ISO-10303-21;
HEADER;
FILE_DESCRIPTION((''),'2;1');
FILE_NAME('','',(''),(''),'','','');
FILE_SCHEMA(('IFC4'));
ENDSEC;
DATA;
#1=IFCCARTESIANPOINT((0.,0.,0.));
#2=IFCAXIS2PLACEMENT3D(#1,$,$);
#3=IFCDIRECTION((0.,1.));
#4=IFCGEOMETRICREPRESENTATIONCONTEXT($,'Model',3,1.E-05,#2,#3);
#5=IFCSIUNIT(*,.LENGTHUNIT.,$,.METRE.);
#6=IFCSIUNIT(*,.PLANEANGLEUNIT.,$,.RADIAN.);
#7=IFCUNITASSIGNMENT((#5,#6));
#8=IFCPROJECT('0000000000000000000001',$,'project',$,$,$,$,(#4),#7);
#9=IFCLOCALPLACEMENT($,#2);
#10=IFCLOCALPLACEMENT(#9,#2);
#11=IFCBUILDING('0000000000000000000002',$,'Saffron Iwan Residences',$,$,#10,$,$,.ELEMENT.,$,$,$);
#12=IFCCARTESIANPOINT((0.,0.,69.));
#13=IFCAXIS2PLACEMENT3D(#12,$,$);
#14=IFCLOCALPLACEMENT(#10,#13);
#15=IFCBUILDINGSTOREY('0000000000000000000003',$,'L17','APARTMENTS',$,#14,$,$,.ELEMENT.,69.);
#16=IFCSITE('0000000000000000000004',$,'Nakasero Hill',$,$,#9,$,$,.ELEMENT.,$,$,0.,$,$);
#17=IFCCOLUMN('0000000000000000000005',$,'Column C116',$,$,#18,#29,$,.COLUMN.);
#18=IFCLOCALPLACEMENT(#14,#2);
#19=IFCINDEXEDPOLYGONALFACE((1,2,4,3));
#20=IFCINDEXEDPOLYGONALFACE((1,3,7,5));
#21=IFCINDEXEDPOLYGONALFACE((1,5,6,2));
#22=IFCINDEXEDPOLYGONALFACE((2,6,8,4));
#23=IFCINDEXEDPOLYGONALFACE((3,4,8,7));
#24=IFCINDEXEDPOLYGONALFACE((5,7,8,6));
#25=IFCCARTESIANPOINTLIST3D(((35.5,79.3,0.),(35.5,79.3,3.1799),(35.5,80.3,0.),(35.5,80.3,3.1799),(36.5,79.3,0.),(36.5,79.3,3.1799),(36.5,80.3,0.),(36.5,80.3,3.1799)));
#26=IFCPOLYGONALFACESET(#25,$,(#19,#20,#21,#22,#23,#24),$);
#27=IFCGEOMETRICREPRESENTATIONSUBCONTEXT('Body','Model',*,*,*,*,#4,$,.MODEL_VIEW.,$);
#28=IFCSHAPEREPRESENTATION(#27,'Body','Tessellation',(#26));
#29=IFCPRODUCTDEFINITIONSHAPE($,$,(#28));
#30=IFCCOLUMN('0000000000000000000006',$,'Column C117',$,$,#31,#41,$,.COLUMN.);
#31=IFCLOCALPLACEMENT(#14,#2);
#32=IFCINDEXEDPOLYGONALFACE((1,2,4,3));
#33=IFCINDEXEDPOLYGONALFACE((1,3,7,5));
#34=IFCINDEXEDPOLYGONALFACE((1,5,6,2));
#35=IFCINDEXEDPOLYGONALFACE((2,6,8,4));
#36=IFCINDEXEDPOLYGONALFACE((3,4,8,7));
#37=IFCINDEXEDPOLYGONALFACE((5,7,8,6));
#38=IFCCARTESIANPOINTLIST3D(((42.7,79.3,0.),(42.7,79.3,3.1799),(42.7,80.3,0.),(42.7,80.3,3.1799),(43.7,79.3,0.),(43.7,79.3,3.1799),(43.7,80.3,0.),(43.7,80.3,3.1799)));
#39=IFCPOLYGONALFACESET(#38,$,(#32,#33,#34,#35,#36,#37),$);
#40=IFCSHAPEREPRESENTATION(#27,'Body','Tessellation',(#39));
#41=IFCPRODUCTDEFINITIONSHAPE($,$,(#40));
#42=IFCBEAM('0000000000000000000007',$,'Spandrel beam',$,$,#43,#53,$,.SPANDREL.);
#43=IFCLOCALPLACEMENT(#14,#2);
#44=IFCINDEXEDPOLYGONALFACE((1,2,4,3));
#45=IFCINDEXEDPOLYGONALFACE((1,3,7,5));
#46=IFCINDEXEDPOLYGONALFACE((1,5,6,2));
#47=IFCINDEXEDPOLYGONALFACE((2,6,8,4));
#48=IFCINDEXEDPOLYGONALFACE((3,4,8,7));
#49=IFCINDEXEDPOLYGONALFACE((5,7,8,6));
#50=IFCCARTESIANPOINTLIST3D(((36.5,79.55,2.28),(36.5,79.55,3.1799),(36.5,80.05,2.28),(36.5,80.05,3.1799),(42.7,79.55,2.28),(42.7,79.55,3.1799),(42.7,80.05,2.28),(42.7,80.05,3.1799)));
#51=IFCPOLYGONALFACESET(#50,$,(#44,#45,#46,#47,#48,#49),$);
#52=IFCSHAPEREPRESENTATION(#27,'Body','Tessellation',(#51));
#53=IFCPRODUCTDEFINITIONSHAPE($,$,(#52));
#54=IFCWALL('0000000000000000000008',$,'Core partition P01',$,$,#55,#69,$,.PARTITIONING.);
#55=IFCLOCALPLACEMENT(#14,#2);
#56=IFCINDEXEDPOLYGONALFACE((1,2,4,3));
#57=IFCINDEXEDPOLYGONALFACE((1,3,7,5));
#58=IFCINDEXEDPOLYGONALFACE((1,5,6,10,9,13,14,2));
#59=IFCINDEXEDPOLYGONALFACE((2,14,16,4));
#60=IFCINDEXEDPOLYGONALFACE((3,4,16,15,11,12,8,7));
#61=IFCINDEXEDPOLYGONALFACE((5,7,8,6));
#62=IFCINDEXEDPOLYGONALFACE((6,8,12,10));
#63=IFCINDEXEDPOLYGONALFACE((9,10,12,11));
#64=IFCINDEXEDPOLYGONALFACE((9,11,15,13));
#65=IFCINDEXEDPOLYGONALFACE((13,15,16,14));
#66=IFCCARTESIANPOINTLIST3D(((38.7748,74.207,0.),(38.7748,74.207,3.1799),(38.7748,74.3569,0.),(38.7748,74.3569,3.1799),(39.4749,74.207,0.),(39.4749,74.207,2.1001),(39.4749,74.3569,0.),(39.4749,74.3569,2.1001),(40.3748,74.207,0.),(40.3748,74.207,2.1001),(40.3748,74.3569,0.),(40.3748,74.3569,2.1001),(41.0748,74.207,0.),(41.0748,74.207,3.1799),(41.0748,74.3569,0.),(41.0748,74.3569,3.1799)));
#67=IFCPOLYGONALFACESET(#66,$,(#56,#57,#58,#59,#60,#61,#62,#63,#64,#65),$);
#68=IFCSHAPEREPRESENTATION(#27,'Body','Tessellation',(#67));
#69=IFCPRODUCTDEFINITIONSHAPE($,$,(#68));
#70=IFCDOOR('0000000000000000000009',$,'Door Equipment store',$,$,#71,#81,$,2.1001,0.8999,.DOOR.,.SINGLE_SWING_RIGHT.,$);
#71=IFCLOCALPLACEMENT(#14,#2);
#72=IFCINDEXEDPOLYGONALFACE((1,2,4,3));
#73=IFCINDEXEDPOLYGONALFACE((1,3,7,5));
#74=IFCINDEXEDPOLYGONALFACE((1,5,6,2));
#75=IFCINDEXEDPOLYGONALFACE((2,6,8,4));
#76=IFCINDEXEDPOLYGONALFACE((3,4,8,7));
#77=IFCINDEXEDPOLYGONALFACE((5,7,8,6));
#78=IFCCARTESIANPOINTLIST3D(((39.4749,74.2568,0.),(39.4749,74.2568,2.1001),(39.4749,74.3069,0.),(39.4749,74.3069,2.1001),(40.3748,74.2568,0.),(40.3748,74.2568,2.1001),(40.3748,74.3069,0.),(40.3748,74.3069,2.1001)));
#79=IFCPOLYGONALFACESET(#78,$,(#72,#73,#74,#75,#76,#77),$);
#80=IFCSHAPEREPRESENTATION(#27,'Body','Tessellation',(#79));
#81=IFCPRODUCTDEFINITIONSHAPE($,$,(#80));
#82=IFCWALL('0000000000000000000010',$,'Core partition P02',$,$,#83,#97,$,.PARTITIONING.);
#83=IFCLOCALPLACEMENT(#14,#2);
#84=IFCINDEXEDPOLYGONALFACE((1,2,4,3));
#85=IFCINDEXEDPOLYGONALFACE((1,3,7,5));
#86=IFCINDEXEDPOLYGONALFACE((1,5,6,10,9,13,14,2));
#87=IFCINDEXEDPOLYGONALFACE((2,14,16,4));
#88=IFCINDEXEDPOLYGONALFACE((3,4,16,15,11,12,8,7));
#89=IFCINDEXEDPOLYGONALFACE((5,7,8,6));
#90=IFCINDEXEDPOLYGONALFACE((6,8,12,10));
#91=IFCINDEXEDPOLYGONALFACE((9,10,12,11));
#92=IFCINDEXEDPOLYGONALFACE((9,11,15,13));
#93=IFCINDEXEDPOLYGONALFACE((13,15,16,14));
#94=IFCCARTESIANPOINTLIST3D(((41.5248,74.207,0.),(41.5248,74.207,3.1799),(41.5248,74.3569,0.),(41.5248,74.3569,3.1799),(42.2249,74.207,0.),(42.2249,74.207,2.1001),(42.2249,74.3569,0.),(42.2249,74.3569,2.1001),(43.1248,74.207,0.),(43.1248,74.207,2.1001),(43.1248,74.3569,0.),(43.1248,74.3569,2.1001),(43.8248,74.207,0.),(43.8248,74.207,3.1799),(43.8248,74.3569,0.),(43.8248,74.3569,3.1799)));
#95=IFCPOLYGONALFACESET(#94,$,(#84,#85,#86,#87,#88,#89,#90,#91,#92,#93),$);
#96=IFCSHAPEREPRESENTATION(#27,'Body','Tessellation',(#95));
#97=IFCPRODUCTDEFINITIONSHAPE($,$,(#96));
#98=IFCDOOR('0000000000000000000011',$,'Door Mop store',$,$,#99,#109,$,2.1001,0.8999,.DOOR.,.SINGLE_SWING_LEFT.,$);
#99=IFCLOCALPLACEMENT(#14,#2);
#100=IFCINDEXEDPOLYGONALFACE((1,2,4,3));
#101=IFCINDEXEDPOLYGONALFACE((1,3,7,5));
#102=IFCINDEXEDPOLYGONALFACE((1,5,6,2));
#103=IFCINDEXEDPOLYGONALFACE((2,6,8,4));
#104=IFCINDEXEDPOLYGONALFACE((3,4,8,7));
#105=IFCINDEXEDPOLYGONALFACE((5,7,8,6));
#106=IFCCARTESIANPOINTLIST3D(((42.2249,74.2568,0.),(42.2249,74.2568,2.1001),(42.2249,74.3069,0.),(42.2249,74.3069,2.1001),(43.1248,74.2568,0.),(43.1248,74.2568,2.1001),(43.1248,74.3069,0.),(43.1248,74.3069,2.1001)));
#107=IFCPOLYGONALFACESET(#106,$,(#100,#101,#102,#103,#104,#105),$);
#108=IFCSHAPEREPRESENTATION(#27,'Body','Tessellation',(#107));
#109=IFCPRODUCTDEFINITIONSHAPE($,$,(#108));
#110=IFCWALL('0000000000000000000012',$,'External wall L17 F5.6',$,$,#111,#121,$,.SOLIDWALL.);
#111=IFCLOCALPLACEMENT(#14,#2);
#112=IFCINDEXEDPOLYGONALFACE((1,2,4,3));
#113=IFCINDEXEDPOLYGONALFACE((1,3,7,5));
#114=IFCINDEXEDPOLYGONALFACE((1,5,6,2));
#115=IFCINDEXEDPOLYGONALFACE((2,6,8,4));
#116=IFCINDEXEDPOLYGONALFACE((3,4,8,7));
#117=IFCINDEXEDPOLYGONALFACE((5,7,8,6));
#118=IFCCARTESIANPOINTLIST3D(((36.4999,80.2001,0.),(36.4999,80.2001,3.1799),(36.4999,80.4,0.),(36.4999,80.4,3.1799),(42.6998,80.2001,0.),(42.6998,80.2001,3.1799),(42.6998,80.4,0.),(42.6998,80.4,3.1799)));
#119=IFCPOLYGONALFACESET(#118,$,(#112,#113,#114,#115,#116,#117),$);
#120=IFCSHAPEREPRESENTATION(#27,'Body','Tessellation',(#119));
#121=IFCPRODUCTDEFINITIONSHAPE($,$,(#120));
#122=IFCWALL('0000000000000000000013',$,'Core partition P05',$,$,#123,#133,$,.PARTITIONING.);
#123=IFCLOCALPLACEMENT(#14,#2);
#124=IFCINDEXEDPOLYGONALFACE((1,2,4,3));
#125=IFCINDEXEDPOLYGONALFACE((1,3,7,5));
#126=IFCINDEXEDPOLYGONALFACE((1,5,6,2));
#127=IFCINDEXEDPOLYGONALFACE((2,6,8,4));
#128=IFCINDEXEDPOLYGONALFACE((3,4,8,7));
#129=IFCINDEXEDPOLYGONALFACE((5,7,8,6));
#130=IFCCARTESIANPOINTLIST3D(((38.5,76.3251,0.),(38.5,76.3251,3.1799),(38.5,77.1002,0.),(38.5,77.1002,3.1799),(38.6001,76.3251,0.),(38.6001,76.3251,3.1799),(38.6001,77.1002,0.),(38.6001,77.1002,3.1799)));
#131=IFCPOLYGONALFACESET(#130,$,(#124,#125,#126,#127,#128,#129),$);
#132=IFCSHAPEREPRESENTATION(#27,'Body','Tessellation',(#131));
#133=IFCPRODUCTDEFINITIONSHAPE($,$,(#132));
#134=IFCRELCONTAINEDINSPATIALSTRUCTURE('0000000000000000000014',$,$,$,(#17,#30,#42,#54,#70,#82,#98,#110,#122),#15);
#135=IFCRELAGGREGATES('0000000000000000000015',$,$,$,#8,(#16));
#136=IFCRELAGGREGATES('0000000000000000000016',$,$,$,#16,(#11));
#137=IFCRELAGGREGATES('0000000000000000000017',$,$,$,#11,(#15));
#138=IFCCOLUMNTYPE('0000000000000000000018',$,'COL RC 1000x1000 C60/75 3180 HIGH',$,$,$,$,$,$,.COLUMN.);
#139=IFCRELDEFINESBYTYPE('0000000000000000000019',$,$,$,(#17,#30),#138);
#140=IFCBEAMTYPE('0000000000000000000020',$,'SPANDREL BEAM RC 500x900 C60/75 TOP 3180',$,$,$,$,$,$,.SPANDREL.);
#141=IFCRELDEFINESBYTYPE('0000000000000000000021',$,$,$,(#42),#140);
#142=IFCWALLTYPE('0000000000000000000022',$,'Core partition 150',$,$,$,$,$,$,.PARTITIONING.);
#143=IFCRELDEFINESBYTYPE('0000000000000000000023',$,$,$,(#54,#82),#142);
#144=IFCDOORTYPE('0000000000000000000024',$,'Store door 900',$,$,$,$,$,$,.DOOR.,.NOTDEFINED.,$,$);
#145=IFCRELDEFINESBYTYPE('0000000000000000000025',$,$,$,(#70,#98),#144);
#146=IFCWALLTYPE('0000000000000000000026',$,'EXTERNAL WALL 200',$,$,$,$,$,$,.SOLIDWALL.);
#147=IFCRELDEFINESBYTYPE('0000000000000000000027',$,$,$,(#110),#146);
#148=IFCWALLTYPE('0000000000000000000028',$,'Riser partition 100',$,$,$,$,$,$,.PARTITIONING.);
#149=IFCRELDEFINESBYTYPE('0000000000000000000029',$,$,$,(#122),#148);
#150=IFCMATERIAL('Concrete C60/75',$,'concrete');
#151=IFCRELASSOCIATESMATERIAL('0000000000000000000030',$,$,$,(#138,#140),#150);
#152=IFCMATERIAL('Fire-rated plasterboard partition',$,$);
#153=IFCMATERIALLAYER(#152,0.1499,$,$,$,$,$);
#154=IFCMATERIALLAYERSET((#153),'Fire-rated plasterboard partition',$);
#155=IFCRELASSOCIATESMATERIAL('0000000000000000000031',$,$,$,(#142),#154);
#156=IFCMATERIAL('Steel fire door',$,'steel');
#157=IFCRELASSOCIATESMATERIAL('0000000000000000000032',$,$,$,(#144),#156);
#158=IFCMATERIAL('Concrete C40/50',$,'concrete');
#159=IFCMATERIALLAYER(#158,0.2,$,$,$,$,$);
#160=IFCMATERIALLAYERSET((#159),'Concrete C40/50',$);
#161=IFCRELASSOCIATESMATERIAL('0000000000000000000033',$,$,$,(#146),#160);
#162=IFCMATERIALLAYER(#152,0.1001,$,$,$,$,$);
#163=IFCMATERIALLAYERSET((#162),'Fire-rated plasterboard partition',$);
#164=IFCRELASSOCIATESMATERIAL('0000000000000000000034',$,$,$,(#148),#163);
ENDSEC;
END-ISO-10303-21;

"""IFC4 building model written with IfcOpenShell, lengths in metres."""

from ifc_helpers import new_model, si_unit, direction, frame, frame_2d, origin, origin_2d, place, context, subcontext, project, spatial, rectangle, extrude, source, transform, mapped, material, layer, layer_set, material_profile, profile_set, type_object, element, fill, save


model = new_model("IFC4")

# Units and contexts
model_context = context("Model", 3, precision=1e-05, world=origin(), true_north=direction((0.0, 1.0)))
body_context = subcontext(model_context, "Body", "Model", "MODEL_VIEW")
ifc_project = project(units=[si_unit("LENGTHUNIT", "METRE"), si_unit("PLANEANGLEUNIT", "RADIAN")], contexts=[model_context])

# Site, building, storey
site_placement = place(None, origin())
site = spatial("IfcSite", under=ifc_project, at=site_placement, Name="Nakasero Hill", CompositionType="ELEMENT", RefElevation=0.0)
building_placement = place(site_placement, origin())
building = spatial("IfcBuilding", under=site, at=building_placement, Name="Saffron Iwan Residences", CompositionType="ELEMENT")
storey_placement = place(building_placement, frame((0.0, 0.0, 69.0)))
storey = spatial("IfcBuildingStorey", under=building, at=storey_placement, Name="L17", Description="APARTMENTS", CompositionType="ELEMENT", Elevation=69.0)

# Columns
ifc_material_1 = material(Name="Concrete C60/75", Category="concrete")
ifc_material_profile_1 = material_profile(ifc_material_1, rectangle(XDim=1.0, YDim=1.0, at=origin_2d()), Name="RC 1000x1000")
ifc_profile_set_1 = profile_set([ifc_material_profile_1], Name="Concrete C60/75")
column_type = type_object("IfcColumnType", Name="COL RC 1000x1000 C60/75 3180 HIGH", PredefinedType="COLUMN", material=ifc_profile_set_1)
shared_shape_1 = source(origin(), body_context, "Body", "SweptSolid", [
    extrude(rectangle(XDim=1.0, YDim=1.0, at=origin_2d()), origin(), (0.0, 0.0, 1.0), 3.1799),
])
for number, where, z_axis, x_axis, name in (
    (1, (36.0, 79.8, 0.0), (0.0, 0.0, 1.0), (1.0, 0.0, 0.0), "Column C116"),
    (2, (43.2, 79.8, 0.0), (0.0, 0.0, 1.0), (1.0, 0.0, 0.0), "Column C117"),
):
    element("IfcColumn", number, at=place(storey_placement, frame(where, z_axis=z_axis, x_axis=x_axis)), inside=storey, type_object=column_type, Name=name, PredefinedType="COLUMN", context=body_context, shape_type="MappedRepresentation", body=[
        mapped(shared_shape_1, transform((0.0, 0.0, 0.0))),
    ])

# Beam
ifc_material_profile_2 = material_profile(ifc_material_1, rectangle(XDim=0.5, YDim=0.8999, at=origin_2d()), Name="RC 500x900")
ifc_profile_set_2 = profile_set([ifc_material_profile_2], Name="Concrete C60/75")
beam_type = type_object("IfcBeamType", Name="SPANDREL BEAM RC 500x900 C60/75 TOP 3180", PredefinedType="SPANDREL", material=ifc_profile_set_2)
shared_shape_2 = source(origin(), body_context, "Body", "SweptSolid", [
    extrude(rectangle(XDim=0.5, YDim=0.8999, at=origin_2d()), origin(), (0.0, 0.0, 1.0), 6.2),
])
beam_placement = place(storey_placement, frame((36.5, 79.8, 2.73), z_axis=(1.0, 0.0, 0.0), x_axis=(0.0, 1.0, 0.0)))
element("IfcBeam", 3, at=beam_placement, inside=storey, type_object=beam_type, Name="Spandrel beam", PredefinedType="SPANDREL", context=body_context, shape_type="MappedRepresentation", body=[
    mapped(shared_shape_2, transform((0.0, 0.0, 0.0))),
])

# Walls, openings, doors
ifc_material_2 = material(Name="Fire-rated plasterboard partition")
ifc_layer_1 = layer(ifc_material_2, 0.1499)
ifc_layer_set_1 = layer_set([ifc_layer_1], Name="Fire-rated plasterboard partition")
wall_type_1 = type_object("IfcWallType", Name="Core partition 150", PredefinedType="PARTITIONING", material=ifc_layer_set_1)
wall_1_placement = place(storey_placement, frame((38.7749, 74.282, 0.0), z_axis=(0.0, 0.0, 1.0), x_axis=(1.0, 0.0, 0.0)))
wall_1 = element("IfcWall", 4, at=wall_1_placement, inside=storey, type_object=wall_type_1, Name="Core partition P01", PredefinedType="PARTITIONING", context=body_context, shape_type="SweptSolid", body=[
    extrude(rectangle(XDim=2.3, YDim=0.1499, at=frame_2d((1.1499, 0.0))), origin(), (0.0, 0.0, 1.0), 3.1799),
])
opening_1_placement = place(wall_1_placement, frame((0.7, 0.0, 0.0)))
opening_1 = element("IfcOpeningElement", 5, at=opening_1_placement, cuts=wall_1, PredefinedType="OPENING", context=body_context, shape_type="SweptSolid", body=[
    extrude(rectangle(XDim=0.8999, YDim=2.1001, at=frame_2d((0.45, 1.05))), frame((0.0, 0.085, 0.0), z_axis=(0.0, -1.0, 0.0), x_axis=(1.0, 0.0, 0.0)), (0.0, 0.0, 1.0), 0.1699),
])
ifc_material_3 = material(Name="Steel fire door", Category="steel")
door_type_1 = type_object("IfcDoorType", Name="Store door 900", OperationType="NOTDEFINED", PredefinedType="DOOR", material=ifc_material_3)
door_1_placement = place(opening_1_placement, origin())
door_1 = element("IfcDoor", 6, at=door_1_placement, inside=storey, type_object=door_type_1, Name="Door Equipment store", OperationType="SINGLE_SWING_RIGHT", OverallHeight=2.1001, OverallWidth=0.8999, PredefinedType="DOOR", context=body_context, shape_type="SweptSolid", body=[
    extrude(rectangle(XDim=0.8999, YDim=2.1001, at=frame_2d((0.45, 1.05))), frame((0.0, 0.0249, 0.0), z_axis=(0.0, -1.0, 0.0), x_axis=(1.0, 0.0, 0.0)), (0.0, 0.0, 1.0), 0.05),
])
fill(opening_1, door_1)
wall_2_placement = place(storey_placement, frame((41.5249, 74.282, 0.0), z_axis=(0.0, 0.0, 1.0), x_axis=(1.0, 0.0, 0.0)))
wall_2 = element("IfcWall", 7, at=wall_2_placement, inside=storey, type_object=wall_type_1, Name="Core partition P02", PredefinedType="PARTITIONING", context=body_context, shape_type="SweptSolid", body=[
    extrude(rectangle(XDim=2.3, YDim=0.1499, at=frame_2d((1.1499, 0.0))), origin(), (0.0, 0.0, 1.0), 3.1799),
])
opening_2_placement = place(wall_2_placement, frame((0.7, 0.0, 0.0)))
opening_2 = element("IfcOpeningElement", 8, at=opening_2_placement, cuts=wall_2, PredefinedType="OPENING", context=body_context, shape_type="SweptSolid", body=[
    extrude(rectangle(XDim=0.8999, YDim=2.1001, at=frame_2d((0.45, 1.05))), frame((0.0, 0.085, 0.0), z_axis=(0.0, -1.0, 0.0), x_axis=(1.0, 0.0, 0.0)), (0.0, 0.0, 1.0), 0.1699),
])
door_2_placement = place(opening_2_placement, origin())
door_2 = element("IfcDoor", 9, at=door_2_placement, inside=storey, type_object=door_type_1, Name="Door Mop store", OperationType="SINGLE_SWING_LEFT", OverallHeight=2.1001, OverallWidth=0.8999, PredefinedType="DOOR", context=body_context, shape_type="SweptSolid", body=[
    extrude(rectangle(XDim=0.8999, YDim=2.1001, at=frame_2d((0.45, 1.05))), frame((0.0, 0.0249, 0.0), z_axis=(0.0, -1.0, 0.0), x_axis=(1.0, 0.0, 0.0)), (0.0, 0.0, 1.0), 0.05),
])
fill(opening_2, door_2)

# Walls
ifc_material_4 = material(Name="Concrete C40/50", Category="concrete")
ifc_layer_2 = layer(ifc_material_4, 0.2)
ifc_layer_set_2 = layer_set([ifc_layer_2], Name="Concrete C40/50")
wall_type_2 = type_object("IfcWallType", Name="EXTERNAL WALL 200", PredefinedType="SOLIDWALL", material=ifc_layer_set_2)
wall_3_placement = place(storey_placement, frame((42.7, 80.3, 0.0), z_axis=(0.0, 0.0, 1.0), x_axis=(-1.0, 0.0, 0.0)))
element("IfcWall", 10, at=wall_3_placement, inside=storey, type_object=wall_type_2, Name="External wall L17 F5.6", PredefinedType="SOLIDWALL", context=body_context, shape_type="SweptSolid", body=[
    extrude(rectangle(XDim=6.2, YDim=0.2, at=frame_2d((3.1001, 0.0))), origin(), (0.0, 0.0, 1.0), 3.1799),
])
ifc_layer_3 = layer(ifc_material_2, 0.1001)
ifc_layer_set_3 = layer_set([ifc_layer_3], Name="Fire-rated plasterboard partition")
wall_type_3 = type_object("IfcWallType", Name="Riser partition 100", PredefinedType="PARTITIONING", material=ifc_layer_set_3)
wall_4_placement = place(storey_placement, frame((38.55, 76.325, 0.0), z_axis=(0.0, 0.0, 1.0), x_axis=(0.0, 1.0, 0.0)))
element("IfcWall", 11, at=wall_4_placement, inside=storey, type_object=wall_type_3, Name="Core partition P05", PredefinedType="PARTITIONING", context=body_context, shape_type="SweptSolid", body=[
    extrude(rectangle(XDim=0.7751, YDim=0.1001, at=frame_2d((0.3877, 0.0))), origin(), (0.0, 0.0, 1.0), 3.1799),
])

save(model, "model.ifc")
